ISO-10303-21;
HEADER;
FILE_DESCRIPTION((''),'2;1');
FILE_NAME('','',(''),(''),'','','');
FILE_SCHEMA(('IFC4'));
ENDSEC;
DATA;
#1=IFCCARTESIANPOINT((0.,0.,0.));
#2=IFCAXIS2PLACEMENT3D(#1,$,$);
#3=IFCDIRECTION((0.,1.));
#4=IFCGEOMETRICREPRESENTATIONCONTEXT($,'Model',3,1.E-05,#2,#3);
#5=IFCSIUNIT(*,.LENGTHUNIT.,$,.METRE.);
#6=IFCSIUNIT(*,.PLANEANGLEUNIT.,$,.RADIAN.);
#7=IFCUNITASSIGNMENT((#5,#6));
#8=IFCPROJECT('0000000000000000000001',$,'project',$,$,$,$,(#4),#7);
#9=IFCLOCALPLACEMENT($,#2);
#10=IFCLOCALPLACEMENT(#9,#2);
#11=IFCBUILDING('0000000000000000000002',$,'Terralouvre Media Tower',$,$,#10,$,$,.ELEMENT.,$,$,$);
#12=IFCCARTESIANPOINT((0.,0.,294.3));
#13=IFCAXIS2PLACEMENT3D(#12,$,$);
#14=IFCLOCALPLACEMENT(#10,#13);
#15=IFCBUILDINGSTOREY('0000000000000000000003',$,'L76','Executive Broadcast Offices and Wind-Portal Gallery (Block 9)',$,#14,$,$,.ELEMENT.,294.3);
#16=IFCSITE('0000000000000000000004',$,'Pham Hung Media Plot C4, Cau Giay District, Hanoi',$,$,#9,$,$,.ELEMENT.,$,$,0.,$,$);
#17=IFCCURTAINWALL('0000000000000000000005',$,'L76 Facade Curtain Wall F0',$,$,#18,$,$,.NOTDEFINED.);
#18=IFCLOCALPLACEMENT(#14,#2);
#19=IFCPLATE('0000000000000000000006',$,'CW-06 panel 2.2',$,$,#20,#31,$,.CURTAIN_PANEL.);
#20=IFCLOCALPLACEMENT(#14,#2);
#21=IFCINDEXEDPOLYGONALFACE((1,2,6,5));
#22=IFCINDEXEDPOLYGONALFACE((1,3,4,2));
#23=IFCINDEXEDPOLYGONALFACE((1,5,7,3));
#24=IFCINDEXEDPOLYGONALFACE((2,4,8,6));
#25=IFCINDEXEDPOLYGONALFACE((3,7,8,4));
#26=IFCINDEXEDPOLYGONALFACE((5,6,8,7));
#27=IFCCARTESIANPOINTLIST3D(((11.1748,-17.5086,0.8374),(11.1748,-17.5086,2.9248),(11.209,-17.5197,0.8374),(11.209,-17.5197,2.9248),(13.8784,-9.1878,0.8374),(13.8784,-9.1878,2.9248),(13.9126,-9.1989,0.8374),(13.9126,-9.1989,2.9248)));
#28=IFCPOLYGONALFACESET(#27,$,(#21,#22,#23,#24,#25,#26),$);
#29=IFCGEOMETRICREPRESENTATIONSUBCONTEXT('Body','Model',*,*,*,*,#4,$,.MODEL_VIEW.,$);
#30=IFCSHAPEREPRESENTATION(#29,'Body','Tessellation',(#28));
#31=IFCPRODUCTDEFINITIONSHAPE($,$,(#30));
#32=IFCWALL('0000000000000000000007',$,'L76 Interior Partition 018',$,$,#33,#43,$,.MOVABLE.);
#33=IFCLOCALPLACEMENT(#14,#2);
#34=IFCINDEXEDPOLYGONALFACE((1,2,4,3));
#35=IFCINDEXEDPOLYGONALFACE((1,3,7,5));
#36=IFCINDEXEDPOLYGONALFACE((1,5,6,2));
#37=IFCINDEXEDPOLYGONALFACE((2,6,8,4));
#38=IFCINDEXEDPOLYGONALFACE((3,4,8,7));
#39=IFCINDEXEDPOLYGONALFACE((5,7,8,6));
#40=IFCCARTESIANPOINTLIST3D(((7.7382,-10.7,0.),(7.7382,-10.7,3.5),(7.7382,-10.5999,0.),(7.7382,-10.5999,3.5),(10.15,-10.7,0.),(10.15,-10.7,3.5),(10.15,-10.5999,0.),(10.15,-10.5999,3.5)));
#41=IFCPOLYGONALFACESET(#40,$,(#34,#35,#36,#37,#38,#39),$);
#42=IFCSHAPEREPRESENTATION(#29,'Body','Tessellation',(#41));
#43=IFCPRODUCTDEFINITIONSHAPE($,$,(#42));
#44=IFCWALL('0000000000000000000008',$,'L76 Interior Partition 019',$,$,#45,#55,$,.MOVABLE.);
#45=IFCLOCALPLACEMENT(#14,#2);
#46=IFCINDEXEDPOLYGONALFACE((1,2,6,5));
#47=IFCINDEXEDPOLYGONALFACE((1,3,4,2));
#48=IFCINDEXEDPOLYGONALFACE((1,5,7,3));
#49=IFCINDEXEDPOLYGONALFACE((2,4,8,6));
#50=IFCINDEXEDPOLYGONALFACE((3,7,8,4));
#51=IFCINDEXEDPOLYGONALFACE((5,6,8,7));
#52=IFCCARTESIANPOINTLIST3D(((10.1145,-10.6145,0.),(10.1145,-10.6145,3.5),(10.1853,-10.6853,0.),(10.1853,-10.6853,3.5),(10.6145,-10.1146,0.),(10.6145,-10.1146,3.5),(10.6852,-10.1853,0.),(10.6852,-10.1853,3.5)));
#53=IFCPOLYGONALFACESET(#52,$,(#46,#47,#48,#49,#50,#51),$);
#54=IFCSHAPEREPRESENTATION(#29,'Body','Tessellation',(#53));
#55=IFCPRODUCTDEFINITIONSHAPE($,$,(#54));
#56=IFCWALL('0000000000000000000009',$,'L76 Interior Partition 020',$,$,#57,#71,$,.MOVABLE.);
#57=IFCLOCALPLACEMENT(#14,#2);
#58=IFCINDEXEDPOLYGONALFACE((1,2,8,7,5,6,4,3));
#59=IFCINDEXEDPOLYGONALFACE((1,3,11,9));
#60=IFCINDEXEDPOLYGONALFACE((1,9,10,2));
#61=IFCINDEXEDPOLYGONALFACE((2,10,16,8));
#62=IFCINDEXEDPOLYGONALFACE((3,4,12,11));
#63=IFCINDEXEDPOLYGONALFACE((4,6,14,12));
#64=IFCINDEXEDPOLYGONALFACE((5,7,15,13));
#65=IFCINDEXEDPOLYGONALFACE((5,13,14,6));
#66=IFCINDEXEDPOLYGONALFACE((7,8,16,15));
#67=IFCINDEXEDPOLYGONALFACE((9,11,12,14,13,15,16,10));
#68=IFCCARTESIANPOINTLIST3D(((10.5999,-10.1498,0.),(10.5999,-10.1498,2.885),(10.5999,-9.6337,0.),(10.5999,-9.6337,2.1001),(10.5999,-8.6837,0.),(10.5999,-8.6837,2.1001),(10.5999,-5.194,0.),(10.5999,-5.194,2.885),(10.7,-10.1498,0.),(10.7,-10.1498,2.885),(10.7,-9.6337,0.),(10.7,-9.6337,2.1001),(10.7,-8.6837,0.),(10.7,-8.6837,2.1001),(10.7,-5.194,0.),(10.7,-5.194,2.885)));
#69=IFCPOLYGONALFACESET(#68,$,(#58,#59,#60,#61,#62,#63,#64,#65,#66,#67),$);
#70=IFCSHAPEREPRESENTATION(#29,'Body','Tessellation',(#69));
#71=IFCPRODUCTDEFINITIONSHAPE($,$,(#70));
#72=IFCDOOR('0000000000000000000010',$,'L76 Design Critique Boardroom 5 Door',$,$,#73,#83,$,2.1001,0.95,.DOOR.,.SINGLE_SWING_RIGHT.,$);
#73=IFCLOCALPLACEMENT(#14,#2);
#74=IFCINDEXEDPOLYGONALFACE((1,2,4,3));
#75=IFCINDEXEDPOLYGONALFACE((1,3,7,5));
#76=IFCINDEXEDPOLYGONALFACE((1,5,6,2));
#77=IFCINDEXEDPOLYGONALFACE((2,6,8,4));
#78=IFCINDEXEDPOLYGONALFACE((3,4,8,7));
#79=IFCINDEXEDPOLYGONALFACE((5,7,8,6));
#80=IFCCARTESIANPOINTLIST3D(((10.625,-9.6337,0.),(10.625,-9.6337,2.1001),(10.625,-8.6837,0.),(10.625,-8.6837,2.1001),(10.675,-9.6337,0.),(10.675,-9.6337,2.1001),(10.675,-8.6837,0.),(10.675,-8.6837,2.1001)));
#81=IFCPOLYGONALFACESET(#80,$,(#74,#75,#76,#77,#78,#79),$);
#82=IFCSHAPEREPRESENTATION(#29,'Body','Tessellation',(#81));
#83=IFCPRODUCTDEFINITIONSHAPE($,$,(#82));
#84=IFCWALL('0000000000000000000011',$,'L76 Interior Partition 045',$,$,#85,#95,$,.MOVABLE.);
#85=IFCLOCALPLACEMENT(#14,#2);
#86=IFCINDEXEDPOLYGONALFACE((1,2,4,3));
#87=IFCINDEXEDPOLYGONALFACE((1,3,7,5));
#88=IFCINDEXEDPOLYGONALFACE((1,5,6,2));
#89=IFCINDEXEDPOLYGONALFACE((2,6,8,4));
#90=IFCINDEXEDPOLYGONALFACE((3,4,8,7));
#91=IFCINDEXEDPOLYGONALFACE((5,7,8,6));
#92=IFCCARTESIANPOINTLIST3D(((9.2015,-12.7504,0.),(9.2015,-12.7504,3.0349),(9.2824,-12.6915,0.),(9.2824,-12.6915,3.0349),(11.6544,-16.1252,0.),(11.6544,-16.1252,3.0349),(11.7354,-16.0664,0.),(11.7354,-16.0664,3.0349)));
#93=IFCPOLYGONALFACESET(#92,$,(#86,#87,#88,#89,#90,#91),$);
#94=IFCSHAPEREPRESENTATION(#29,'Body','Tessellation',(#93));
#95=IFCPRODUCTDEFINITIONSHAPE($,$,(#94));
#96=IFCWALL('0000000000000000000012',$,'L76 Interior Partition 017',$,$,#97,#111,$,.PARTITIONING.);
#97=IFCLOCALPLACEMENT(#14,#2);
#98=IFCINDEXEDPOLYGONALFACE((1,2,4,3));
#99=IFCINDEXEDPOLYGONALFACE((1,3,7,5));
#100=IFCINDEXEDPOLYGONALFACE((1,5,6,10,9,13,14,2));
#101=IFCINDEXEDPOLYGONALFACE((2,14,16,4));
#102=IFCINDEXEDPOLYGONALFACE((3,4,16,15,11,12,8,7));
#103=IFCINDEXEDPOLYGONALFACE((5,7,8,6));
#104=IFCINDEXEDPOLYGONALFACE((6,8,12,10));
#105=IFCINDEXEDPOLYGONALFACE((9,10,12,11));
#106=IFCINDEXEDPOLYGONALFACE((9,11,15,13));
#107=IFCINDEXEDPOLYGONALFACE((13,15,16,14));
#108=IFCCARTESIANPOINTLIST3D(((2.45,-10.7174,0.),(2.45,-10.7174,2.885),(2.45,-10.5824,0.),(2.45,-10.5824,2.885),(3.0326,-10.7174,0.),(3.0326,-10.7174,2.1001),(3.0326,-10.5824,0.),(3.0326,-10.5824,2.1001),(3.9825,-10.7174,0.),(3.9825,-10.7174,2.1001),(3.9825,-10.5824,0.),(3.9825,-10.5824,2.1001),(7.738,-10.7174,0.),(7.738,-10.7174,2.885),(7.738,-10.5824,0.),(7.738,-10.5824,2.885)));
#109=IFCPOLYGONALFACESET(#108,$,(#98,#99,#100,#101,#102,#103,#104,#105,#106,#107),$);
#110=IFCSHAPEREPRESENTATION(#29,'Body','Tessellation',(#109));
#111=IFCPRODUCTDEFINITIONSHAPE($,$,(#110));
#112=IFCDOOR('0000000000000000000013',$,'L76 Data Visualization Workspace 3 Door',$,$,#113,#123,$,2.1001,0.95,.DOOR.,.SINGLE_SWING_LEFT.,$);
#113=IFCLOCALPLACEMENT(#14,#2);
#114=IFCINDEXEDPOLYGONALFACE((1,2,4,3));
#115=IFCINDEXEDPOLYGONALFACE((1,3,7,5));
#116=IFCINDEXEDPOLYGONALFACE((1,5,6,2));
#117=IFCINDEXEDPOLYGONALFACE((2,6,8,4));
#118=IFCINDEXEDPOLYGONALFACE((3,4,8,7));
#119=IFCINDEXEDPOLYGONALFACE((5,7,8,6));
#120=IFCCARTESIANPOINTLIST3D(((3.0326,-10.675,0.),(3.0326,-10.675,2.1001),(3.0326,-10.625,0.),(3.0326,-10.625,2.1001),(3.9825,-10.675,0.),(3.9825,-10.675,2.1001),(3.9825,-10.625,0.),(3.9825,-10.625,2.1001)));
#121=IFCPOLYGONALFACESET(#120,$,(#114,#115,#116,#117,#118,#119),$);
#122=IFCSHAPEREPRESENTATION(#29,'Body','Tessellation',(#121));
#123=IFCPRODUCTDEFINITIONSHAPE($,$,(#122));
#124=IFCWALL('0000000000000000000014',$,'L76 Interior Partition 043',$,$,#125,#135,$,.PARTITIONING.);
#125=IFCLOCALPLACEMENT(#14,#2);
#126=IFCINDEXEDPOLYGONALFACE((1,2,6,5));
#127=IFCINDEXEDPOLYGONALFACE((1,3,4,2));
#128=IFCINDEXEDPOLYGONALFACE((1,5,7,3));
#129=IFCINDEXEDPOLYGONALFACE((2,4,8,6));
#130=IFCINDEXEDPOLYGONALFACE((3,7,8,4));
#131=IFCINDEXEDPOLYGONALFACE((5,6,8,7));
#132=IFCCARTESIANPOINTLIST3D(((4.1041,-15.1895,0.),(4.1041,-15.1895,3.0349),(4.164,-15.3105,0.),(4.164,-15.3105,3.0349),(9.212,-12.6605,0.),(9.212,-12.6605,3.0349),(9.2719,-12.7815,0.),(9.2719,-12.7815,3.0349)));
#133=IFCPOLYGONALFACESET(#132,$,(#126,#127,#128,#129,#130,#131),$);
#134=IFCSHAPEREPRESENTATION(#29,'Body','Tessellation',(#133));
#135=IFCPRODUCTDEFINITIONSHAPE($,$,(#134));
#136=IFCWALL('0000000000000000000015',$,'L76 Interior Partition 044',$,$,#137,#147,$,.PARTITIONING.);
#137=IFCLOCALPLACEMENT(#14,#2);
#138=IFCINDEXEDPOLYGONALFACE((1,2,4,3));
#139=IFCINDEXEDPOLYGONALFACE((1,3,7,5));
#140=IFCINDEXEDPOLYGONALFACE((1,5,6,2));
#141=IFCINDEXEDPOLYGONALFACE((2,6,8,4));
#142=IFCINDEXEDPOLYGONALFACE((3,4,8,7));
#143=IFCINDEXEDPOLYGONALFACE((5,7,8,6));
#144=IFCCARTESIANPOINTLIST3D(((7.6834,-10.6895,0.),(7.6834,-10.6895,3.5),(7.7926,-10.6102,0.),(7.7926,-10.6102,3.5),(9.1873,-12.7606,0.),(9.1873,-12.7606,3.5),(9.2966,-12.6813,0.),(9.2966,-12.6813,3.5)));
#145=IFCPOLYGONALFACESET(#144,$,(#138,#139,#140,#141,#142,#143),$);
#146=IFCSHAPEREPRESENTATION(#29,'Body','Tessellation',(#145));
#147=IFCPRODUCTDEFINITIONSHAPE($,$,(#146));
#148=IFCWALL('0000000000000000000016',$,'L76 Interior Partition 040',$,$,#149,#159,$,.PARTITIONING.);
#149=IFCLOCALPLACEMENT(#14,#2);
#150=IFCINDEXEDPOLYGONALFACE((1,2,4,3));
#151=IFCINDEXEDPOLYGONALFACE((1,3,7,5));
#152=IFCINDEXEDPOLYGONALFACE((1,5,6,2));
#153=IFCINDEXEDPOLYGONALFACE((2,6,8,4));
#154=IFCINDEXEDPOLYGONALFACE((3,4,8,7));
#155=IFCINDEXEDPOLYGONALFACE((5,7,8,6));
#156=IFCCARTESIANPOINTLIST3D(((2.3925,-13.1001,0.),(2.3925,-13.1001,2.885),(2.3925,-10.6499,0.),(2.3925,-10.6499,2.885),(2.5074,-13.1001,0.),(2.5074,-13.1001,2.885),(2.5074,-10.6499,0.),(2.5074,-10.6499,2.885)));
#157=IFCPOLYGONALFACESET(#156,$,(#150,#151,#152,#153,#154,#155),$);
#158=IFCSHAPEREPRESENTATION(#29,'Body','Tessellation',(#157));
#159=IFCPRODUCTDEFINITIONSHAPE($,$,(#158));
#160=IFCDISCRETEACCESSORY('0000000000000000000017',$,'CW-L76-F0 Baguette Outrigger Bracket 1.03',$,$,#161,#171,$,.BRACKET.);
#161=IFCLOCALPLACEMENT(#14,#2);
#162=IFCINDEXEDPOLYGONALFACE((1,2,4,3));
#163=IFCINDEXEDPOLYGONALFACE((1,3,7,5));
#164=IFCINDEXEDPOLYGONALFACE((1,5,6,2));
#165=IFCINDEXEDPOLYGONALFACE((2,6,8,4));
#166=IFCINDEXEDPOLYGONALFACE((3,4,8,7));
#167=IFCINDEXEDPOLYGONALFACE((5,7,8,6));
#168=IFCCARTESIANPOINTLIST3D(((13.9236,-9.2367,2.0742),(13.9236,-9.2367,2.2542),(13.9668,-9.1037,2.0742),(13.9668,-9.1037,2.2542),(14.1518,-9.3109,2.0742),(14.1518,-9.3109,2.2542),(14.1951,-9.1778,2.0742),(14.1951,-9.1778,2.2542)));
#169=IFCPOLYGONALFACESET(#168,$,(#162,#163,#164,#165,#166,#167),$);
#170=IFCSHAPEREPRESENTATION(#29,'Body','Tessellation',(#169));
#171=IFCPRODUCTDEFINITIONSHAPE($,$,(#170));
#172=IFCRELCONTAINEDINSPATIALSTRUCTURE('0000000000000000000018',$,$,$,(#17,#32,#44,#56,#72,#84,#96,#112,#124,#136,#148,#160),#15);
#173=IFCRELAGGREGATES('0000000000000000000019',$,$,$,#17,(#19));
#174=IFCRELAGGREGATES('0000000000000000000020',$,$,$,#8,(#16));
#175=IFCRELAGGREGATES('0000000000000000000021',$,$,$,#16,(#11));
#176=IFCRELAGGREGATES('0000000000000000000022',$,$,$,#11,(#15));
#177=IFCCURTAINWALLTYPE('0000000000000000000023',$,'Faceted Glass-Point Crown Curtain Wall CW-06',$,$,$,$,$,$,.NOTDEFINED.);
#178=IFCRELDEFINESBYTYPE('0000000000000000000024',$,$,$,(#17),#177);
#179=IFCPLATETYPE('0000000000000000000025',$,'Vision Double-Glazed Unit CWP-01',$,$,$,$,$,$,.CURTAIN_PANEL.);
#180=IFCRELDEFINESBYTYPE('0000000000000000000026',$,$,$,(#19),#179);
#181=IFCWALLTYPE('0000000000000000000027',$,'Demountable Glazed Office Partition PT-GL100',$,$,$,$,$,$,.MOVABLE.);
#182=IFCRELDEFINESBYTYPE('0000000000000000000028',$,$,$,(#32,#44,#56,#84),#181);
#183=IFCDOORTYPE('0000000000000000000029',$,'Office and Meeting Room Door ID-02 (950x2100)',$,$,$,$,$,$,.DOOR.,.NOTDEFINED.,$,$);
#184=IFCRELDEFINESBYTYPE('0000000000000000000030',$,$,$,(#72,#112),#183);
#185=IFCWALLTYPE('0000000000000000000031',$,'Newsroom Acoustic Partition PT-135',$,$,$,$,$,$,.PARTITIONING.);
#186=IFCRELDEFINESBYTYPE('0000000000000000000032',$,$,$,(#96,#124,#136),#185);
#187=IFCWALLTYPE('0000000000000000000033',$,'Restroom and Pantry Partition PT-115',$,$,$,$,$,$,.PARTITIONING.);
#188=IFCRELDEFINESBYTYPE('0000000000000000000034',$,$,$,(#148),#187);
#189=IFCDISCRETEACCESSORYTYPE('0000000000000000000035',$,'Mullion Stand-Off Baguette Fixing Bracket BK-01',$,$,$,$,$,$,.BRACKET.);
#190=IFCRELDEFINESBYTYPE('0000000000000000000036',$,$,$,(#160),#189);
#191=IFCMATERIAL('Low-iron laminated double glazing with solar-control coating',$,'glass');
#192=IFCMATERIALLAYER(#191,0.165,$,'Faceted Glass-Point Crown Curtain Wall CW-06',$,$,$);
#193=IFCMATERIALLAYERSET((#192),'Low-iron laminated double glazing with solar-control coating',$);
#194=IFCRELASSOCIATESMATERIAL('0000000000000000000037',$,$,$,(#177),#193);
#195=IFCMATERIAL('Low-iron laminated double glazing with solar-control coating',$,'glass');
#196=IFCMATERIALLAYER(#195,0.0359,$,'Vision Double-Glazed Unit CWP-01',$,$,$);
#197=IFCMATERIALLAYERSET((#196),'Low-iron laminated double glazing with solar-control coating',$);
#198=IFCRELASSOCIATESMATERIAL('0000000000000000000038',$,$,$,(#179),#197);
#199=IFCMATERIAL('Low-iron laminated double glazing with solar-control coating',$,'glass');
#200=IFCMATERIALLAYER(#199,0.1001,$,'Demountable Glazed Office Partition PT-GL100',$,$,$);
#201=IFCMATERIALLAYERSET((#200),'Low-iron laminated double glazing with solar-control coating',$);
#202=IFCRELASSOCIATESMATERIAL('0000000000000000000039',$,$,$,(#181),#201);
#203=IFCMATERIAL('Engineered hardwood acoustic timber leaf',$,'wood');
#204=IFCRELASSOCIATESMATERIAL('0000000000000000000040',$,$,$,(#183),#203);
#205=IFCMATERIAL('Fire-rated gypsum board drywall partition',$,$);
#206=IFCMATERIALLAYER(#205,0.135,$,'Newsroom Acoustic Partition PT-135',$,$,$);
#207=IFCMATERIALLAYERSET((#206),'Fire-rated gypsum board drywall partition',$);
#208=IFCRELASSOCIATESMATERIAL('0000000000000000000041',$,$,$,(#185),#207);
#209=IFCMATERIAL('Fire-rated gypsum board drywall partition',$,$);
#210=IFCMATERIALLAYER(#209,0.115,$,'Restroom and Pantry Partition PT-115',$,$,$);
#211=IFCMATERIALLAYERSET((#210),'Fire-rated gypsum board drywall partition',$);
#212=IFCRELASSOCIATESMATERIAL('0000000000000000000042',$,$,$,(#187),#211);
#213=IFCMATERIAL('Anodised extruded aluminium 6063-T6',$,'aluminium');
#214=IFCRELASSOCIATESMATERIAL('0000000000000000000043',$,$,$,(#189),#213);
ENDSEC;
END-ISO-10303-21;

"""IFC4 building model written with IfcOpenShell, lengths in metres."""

from ifc_helpers import new_model, si_unit, direction, frame, frame_2d, origin, origin_2d, place, context, subcontext, project, spatial, rectangle, extrude, material, layer, layer_set, type_object, element, fill, aggregate, save


model = new_model("IFC4")

# Units and contexts
model_context = context("Model", 3, precision=1e-05, world=origin(), true_north=direction((0.0, 1.0)))
body_context = subcontext(model_context, "Body", "Model", "MODEL_VIEW")
ifc_project = project(units=[si_unit("LENGTHUNIT", "METRE"), si_unit("PLANEANGLEUNIT", "RADIAN")], contexts=[model_context])

# Site, building, storey
site_placement = place(None, origin())
site = spatial("IfcSite", under=ifc_project, at=site_placement, Name="Pham Hung Media Plot C4, Cau Giay District, Hanoi", CompositionType="ELEMENT", RefElevation=0.0)
building_placement = place(site_placement, origin())
building = spatial("IfcBuilding", under=site, at=building_placement, Name="Terralouvre Media Tower", CompositionType="ELEMENT")
storey_placement = place(building_placement, frame((0.0, 0.0, 294.3)))
storey = spatial("IfcBuildingStorey", under=building, at=storey_placement, Name="L76", Description="Executive Broadcast Offices and Wind-Portal Gallery (Block 9)", CompositionType="ELEMENT", Elevation=294.3)

# Curtain wall
ifc_material_1 = material(Name="Low-iron laminated double glazing with solar-control coating", Category="glass")
ifc_layer_1 = layer(ifc_material_1, 0.165, Name="Faceted Glass-Point Crown Curtain Wall CW-06")
ifc_layer_set_1 = layer_set([ifc_layer_1], Name="Low-iron laminated double glazing with solar-control coating")
curtain_wall_type = type_object("IfcCurtainWallType", Name="Faceted Glass-Point Crown Curtain Wall CW-06", PredefinedType="NOTDEFINED", material=ifc_layer_set_1)
curtain_wall_placement = place(storey_placement, origin())
curtain_wall = element("IfcCurtainWall", 1, at=curtain_wall_placement, inside=storey, type_object=curtain_wall_type, Name="L76 Facade Curtain Wall F0", PredefinedType="NOTDEFINED")

# Plate
ifc_material_2 = material(Name="Low-iron laminated double glazing with solar-control coating", Category="glass")
ifc_layer_2 = layer(ifc_material_2, 0.0359, Name="Vision Double-Glazed Unit CWP-01")
ifc_layer_set_2 = layer_set([ifc_layer_2], Name="Low-iron laminated double glazing with solar-control coating")
plate_type = type_object("IfcPlateType", Name="Vision Double-Glazed Unit CWP-01", PredefinedType="CURTAIN_PANEL", material=ifc_layer_set_2)
plate_1_placement = place(storey_placement, frame((12.5437, -13.3538, 0.8374), z_axis=(0.0, 0.0, 1.0), x_axis=(0.309017, 0.951057, 0.0)))
plate_1 = element("IfcPlate", 2, at=plate_1_placement, type_object=plate_type, Name="CW-06 panel 2.2", PredefinedType="CURTAIN_PANEL", context=body_context, shape_type="SweptSolid", body=[
    extrude(rectangle(XDim=8.749, YDim=0.0359, at=origin_2d()), origin(), (0.0, 0.0, 1.0), 2.0874),
])
aggregate(curtain_wall, [plate_1])

# Walls
ifc_material_3 = material(Name="Low-iron laminated double glazing with solar-control coating", Category="glass")
ifc_layer_3 = layer(ifc_material_3, 0.1001, Name="Demountable Glazed Office Partition PT-GL100")
ifc_layer_set_3 = layer_set([ifc_layer_3], Name="Low-iron laminated double glazing with solar-control coating")
wall_type_1 = type_object("IfcWallType", Name="Demountable Glazed Office Partition PT-GL100", PredefinedType="MOVABLE", material=ifc_layer_set_3)
wall_1_placement = place(storey_placement, frame((7.738, -10.6499, 0.0), z_axis=(0.0, 0.0, 1.0), x_axis=(1.0, 0.0, 0.0)))
element("IfcWall", 3, at=wall_1_placement, inside=storey, type_object=wall_type_1, Name="L76 Interior Partition 018", PredefinedType="MOVABLE", context=body_context, shape_type="SweptSolid", body=[
    extrude(rectangle(XDim=2.4119, YDim=0.1001, at=frame_2d((1.2061, 0.0))), origin(), (0.0, 0.0, 1.0), 3.5),
])
wall_2_placement = place(storey_placement, frame((10.1499, -10.6499, 0.0), z_axis=(0.0, 0.0, 1.0), x_axis=(0.707107, 0.707107, 0.0)))
element("IfcWall", 4, at=wall_2_placement, inside=storey, type_object=wall_type_1, Name="L76 Interior Partition 019", PredefinedType="MOVABLE", context=body_context, shape_type="SweptSolid", body=[
    extrude(rectangle(XDim=0.707, YDim=0.1001, at=frame_2d((0.3535, 0.0))), origin(), (0.0, 0.0, 1.0), 3.5),
])

# Wall, opening, door
wall_3_placement = place(storey_placement, frame((10.6499, -10.1499, 0.0), z_axis=(0.0, 0.0, 1.0), x_axis=(0.0, 1.0, 0.0)))
wall_3 = element("IfcWall", 5, at=wall_3_placement, inside=storey, type_object=wall_type_1, Name="L76 Interior Partition 020", PredefinedType="MOVABLE", context=body_context, shape_type="SweptSolid", body=[
    extrude(rectangle(XDim=4.9558, YDim=0.1001, at=frame_2d((2.478, 0.0))), origin(), (0.0, 0.0, 1.0), 2.885),
])
opening_1_placement = place(wall_3_placement, frame((0.5161, 0.0, 0.0)))
opening_1 = element("IfcOpeningElement", 6, at=opening_1_placement, cuts=wall_3, PredefinedType="OPENING", context=body_context, shape_type="SweptSolid", body=[
    extrude(rectangle(XDim=0.95, YDim=2.1001, at=frame_2d((0.4751, 1.05))), frame((0.0, 0.0601, 0.0), z_axis=(0.0, -1.0, 0.0), x_axis=(1.0, 0.0, 0.0)), (0.0, 0.0, 1.0), 0.1201),
])
ifc_material_4 = material(Name="Engineered hardwood acoustic timber leaf", Category="wood")
door_type = type_object("IfcDoorType", Name="Office and Meeting Room Door ID-02 (950x2100)", OperationType="NOTDEFINED", PredefinedType="DOOR", material=ifc_material_4)
door_1_placement = place(opening_1_placement, origin())
door_1 = element("IfcDoor", 7, at=door_1_placement, inside=storey, type_object=door_type, Name="L76 Design Critique Boardroom 5 Door", OperationType="SINGLE_SWING_RIGHT", OverallHeight=2.1001, OverallWidth=0.95, PredefinedType="DOOR", context=body_context, shape_type="SweptSolid", body=[
    extrude(rectangle(XDim=0.95, YDim=2.1001, at=frame_2d((0.4751, 1.05))), frame((0.0, 0.0249, 0.0), z_axis=(0.0, -1.0, 0.0), x_axis=(1.0, 0.0, 0.0)), (0.0, 0.0, 1.0), 0.05),
])
fill(opening_1, door_1)

# Wall
wall_4_placement = place(storey_placement, frame((11.6948, -16.0957, 0.0), z_axis=(0.0, 0.0, 1.0), x_axis=(-0.587939, 0.808906, 0.0)))
element("IfcWall", 8, at=wall_4_placement, inside=storey, type_object=wall_type_1, Name="L76 Interior Partition 045", PredefinedType="MOVABLE", context=body_context, shape_type="SweptSolid", body=[
    extrude(rectangle(XDim=4.1721, YDim=0.1001, at=frame_2d((2.0859, 0.0))), origin(), (0.0, 0.0, 1.0), 3.0349),
])

# Wall, opening, door
ifc_material_5 = material(Name="Fire-rated gypsum board drywall partition")
ifc_layer_4 = layer(ifc_material_5, 0.135, Name="Newsroom Acoustic Partition PT-135")
ifc_layer_set_4 = layer_set([ifc_layer_4], Name="Fire-rated gypsum board drywall partition")
wall_type_2 = type_object("IfcWallType", Name="Newsroom Acoustic Partition PT-135", PredefinedType="PARTITIONING", material=ifc_layer_set_4)
wall_5_placement = place(storey_placement, frame((2.45, -10.6499, 0.0), z_axis=(0.0, 0.0, 1.0), x_axis=(1.0, 0.0, 0.0)))
wall_5 = element("IfcWall", 9, at=wall_5_placement, inside=storey, type_object=wall_type_2, Name="L76 Interior Partition 017", PredefinedType="PARTITIONING", context=body_context, shape_type="SweptSolid", body=[
    extrude(rectangle(XDim=5.2881, YDim=0.135, at=frame_2d((2.644, 0.0))), origin(), (0.0, 0.0, 1.0), 2.885),
])
opening_2_placement = place(wall_5_placement, frame((0.5825, 0.0, 0.0)))
opening_2 = element("IfcOpeningElement", 10, at=opening_2_placement, cuts=wall_5, PredefinedType="OPENING", context=body_context, shape_type="SweptSolid", body=[
    extrude(rectangle(XDim=0.95, YDim=2.1001, at=frame_2d((0.4751, 1.05))), frame((0.0, 0.0774, 0.0), z_axis=(0.0, -1.0, 0.0), x_axis=(1.0, 0.0, 0.0)), (0.0, 0.0, 1.0), 0.155),
])
door_2_placement = place(opening_2_placement, origin())
door_2 = element("IfcDoor", 11, at=door_2_placement, inside=storey, type_object=door_type, Name="L76 Data Visualization Workspace 3 Door", OperationType="SINGLE_SWING_LEFT", OverallHeight=2.1001, OverallWidth=0.95, PredefinedType="DOOR", context=body_context, shape_type="SweptSolid", body=[
    extrude(rectangle(XDim=0.95, YDim=2.1001, at=frame_2d((0.4751, 1.05))), frame((0.0, 0.0249, 0.0), z_axis=(0.0, -1.0, 0.0), x_axis=(1.0, 0.0, 0.0)), (0.0, 0.0, 1.0), 0.05),
])
fill(opening_2, door_2)

# Walls
wall_6_placement = place(storey_placement, frame((4.134, -15.25, 0.0), z_axis=(0.0, 0.0, 1.0), x_axis=(0.896168, 0.443715, 0.0)))
element("IfcWall", 12, at=wall_6_placement, inside=storey, type_object=wall_type_2, Name="L76 Interior Partition 043", PredefinedType="PARTITIONING", context=body_context, shape_type="SweptSolid", body=[
    extrude(rectangle(XDim=5.6997, YDim=0.135, at=frame_2d((2.8499, 0.0))), origin(), (0.0, 0.0, 1.0), 3.0349),
])
wall_7_placement = place(storey_placement, frame((9.2419, -12.7209, 0.0), z_axis=(0.0, 0.0, 1.0), x_axis=(-0.587582, 0.809165, 0.0)))
element("IfcWall", 13, at=wall_7_placement, inside=storey, type_object=wall_type_2, Name="L76 Interior Partition 044", PredefinedType="PARTITIONING", context=body_context, shape_type="SweptSolid", body=[
    extrude(rectangle(XDim=2.5596, YDim=0.135, at=frame_2d((1.2798, 0.0))), origin(), (0.0, 0.0, 1.0), 3.5),
])
ifc_material_6 = material(Name="Fire-rated gypsum board drywall partition")
ifc_layer_5 = layer(ifc_material_6, 0.115, Name="Restroom and Pantry Partition PT-115")
ifc_layer_set_5 = layer_set([ifc_layer_5], Name="Fire-rated gypsum board drywall partition")
wall_type_3 = type_object("IfcWallType", Name="Restroom and Pantry Partition PT-115", PredefinedType="PARTITIONING", material=ifc_layer_set_5)
wall_8_placement = place(storey_placement, frame((2.45, -13.1001, 0.0), z_axis=(0.0, 0.0, 1.0), x_axis=(0.0, 1.0, 0.0)))
element("IfcWall", 14, at=wall_8_placement, inside=storey, type_object=wall_type_3, Name="L76 Interior Partition 040", PredefinedType="PARTITIONING", context=body_context, shape_type="SweptSolid", body=[
    extrude(rectangle(XDim=2.4502, YDim=0.115, at=frame_2d((1.2251, 0.0))), origin(), (0.0, 0.0, 1.0), 2.885),
])

# Discrete accessory
ifc_material_7 = material(Name="Anodised extruded aluminium 6063-T6", Category="aluminium")
discrete_accessory_type = type_object("IfcDiscreteAccessoryType", Name="Mullion Stand-Off Baguette Fixing Bracket BK-01", PredefinedType="BRACKET", material=ifc_material_7)
discrete_accessory_placement = place(storey_placement, frame((14.0593, -9.2073, 2.0742), z_axis=(0.0, 0.0, 1.0), x_axis=(0.309017, 0.951057, 0.0)))
element("IfcDiscreteAccessory", 15, at=discrete_accessory_placement, inside=storey, type_object=discrete_accessory_type, Name="CW-L76-F0 Baguette Outrigger Bracket 1.03", PredefinedType="BRACKET", context=body_context, shape_type="SweptSolid", body=[
    extrude(rectangle(XDim=0.1399, YDim=0.24, at=origin_2d()), origin(), (0.0, 0.0, 1.0), 0.1799),
])

save(model, "model.ifc")
